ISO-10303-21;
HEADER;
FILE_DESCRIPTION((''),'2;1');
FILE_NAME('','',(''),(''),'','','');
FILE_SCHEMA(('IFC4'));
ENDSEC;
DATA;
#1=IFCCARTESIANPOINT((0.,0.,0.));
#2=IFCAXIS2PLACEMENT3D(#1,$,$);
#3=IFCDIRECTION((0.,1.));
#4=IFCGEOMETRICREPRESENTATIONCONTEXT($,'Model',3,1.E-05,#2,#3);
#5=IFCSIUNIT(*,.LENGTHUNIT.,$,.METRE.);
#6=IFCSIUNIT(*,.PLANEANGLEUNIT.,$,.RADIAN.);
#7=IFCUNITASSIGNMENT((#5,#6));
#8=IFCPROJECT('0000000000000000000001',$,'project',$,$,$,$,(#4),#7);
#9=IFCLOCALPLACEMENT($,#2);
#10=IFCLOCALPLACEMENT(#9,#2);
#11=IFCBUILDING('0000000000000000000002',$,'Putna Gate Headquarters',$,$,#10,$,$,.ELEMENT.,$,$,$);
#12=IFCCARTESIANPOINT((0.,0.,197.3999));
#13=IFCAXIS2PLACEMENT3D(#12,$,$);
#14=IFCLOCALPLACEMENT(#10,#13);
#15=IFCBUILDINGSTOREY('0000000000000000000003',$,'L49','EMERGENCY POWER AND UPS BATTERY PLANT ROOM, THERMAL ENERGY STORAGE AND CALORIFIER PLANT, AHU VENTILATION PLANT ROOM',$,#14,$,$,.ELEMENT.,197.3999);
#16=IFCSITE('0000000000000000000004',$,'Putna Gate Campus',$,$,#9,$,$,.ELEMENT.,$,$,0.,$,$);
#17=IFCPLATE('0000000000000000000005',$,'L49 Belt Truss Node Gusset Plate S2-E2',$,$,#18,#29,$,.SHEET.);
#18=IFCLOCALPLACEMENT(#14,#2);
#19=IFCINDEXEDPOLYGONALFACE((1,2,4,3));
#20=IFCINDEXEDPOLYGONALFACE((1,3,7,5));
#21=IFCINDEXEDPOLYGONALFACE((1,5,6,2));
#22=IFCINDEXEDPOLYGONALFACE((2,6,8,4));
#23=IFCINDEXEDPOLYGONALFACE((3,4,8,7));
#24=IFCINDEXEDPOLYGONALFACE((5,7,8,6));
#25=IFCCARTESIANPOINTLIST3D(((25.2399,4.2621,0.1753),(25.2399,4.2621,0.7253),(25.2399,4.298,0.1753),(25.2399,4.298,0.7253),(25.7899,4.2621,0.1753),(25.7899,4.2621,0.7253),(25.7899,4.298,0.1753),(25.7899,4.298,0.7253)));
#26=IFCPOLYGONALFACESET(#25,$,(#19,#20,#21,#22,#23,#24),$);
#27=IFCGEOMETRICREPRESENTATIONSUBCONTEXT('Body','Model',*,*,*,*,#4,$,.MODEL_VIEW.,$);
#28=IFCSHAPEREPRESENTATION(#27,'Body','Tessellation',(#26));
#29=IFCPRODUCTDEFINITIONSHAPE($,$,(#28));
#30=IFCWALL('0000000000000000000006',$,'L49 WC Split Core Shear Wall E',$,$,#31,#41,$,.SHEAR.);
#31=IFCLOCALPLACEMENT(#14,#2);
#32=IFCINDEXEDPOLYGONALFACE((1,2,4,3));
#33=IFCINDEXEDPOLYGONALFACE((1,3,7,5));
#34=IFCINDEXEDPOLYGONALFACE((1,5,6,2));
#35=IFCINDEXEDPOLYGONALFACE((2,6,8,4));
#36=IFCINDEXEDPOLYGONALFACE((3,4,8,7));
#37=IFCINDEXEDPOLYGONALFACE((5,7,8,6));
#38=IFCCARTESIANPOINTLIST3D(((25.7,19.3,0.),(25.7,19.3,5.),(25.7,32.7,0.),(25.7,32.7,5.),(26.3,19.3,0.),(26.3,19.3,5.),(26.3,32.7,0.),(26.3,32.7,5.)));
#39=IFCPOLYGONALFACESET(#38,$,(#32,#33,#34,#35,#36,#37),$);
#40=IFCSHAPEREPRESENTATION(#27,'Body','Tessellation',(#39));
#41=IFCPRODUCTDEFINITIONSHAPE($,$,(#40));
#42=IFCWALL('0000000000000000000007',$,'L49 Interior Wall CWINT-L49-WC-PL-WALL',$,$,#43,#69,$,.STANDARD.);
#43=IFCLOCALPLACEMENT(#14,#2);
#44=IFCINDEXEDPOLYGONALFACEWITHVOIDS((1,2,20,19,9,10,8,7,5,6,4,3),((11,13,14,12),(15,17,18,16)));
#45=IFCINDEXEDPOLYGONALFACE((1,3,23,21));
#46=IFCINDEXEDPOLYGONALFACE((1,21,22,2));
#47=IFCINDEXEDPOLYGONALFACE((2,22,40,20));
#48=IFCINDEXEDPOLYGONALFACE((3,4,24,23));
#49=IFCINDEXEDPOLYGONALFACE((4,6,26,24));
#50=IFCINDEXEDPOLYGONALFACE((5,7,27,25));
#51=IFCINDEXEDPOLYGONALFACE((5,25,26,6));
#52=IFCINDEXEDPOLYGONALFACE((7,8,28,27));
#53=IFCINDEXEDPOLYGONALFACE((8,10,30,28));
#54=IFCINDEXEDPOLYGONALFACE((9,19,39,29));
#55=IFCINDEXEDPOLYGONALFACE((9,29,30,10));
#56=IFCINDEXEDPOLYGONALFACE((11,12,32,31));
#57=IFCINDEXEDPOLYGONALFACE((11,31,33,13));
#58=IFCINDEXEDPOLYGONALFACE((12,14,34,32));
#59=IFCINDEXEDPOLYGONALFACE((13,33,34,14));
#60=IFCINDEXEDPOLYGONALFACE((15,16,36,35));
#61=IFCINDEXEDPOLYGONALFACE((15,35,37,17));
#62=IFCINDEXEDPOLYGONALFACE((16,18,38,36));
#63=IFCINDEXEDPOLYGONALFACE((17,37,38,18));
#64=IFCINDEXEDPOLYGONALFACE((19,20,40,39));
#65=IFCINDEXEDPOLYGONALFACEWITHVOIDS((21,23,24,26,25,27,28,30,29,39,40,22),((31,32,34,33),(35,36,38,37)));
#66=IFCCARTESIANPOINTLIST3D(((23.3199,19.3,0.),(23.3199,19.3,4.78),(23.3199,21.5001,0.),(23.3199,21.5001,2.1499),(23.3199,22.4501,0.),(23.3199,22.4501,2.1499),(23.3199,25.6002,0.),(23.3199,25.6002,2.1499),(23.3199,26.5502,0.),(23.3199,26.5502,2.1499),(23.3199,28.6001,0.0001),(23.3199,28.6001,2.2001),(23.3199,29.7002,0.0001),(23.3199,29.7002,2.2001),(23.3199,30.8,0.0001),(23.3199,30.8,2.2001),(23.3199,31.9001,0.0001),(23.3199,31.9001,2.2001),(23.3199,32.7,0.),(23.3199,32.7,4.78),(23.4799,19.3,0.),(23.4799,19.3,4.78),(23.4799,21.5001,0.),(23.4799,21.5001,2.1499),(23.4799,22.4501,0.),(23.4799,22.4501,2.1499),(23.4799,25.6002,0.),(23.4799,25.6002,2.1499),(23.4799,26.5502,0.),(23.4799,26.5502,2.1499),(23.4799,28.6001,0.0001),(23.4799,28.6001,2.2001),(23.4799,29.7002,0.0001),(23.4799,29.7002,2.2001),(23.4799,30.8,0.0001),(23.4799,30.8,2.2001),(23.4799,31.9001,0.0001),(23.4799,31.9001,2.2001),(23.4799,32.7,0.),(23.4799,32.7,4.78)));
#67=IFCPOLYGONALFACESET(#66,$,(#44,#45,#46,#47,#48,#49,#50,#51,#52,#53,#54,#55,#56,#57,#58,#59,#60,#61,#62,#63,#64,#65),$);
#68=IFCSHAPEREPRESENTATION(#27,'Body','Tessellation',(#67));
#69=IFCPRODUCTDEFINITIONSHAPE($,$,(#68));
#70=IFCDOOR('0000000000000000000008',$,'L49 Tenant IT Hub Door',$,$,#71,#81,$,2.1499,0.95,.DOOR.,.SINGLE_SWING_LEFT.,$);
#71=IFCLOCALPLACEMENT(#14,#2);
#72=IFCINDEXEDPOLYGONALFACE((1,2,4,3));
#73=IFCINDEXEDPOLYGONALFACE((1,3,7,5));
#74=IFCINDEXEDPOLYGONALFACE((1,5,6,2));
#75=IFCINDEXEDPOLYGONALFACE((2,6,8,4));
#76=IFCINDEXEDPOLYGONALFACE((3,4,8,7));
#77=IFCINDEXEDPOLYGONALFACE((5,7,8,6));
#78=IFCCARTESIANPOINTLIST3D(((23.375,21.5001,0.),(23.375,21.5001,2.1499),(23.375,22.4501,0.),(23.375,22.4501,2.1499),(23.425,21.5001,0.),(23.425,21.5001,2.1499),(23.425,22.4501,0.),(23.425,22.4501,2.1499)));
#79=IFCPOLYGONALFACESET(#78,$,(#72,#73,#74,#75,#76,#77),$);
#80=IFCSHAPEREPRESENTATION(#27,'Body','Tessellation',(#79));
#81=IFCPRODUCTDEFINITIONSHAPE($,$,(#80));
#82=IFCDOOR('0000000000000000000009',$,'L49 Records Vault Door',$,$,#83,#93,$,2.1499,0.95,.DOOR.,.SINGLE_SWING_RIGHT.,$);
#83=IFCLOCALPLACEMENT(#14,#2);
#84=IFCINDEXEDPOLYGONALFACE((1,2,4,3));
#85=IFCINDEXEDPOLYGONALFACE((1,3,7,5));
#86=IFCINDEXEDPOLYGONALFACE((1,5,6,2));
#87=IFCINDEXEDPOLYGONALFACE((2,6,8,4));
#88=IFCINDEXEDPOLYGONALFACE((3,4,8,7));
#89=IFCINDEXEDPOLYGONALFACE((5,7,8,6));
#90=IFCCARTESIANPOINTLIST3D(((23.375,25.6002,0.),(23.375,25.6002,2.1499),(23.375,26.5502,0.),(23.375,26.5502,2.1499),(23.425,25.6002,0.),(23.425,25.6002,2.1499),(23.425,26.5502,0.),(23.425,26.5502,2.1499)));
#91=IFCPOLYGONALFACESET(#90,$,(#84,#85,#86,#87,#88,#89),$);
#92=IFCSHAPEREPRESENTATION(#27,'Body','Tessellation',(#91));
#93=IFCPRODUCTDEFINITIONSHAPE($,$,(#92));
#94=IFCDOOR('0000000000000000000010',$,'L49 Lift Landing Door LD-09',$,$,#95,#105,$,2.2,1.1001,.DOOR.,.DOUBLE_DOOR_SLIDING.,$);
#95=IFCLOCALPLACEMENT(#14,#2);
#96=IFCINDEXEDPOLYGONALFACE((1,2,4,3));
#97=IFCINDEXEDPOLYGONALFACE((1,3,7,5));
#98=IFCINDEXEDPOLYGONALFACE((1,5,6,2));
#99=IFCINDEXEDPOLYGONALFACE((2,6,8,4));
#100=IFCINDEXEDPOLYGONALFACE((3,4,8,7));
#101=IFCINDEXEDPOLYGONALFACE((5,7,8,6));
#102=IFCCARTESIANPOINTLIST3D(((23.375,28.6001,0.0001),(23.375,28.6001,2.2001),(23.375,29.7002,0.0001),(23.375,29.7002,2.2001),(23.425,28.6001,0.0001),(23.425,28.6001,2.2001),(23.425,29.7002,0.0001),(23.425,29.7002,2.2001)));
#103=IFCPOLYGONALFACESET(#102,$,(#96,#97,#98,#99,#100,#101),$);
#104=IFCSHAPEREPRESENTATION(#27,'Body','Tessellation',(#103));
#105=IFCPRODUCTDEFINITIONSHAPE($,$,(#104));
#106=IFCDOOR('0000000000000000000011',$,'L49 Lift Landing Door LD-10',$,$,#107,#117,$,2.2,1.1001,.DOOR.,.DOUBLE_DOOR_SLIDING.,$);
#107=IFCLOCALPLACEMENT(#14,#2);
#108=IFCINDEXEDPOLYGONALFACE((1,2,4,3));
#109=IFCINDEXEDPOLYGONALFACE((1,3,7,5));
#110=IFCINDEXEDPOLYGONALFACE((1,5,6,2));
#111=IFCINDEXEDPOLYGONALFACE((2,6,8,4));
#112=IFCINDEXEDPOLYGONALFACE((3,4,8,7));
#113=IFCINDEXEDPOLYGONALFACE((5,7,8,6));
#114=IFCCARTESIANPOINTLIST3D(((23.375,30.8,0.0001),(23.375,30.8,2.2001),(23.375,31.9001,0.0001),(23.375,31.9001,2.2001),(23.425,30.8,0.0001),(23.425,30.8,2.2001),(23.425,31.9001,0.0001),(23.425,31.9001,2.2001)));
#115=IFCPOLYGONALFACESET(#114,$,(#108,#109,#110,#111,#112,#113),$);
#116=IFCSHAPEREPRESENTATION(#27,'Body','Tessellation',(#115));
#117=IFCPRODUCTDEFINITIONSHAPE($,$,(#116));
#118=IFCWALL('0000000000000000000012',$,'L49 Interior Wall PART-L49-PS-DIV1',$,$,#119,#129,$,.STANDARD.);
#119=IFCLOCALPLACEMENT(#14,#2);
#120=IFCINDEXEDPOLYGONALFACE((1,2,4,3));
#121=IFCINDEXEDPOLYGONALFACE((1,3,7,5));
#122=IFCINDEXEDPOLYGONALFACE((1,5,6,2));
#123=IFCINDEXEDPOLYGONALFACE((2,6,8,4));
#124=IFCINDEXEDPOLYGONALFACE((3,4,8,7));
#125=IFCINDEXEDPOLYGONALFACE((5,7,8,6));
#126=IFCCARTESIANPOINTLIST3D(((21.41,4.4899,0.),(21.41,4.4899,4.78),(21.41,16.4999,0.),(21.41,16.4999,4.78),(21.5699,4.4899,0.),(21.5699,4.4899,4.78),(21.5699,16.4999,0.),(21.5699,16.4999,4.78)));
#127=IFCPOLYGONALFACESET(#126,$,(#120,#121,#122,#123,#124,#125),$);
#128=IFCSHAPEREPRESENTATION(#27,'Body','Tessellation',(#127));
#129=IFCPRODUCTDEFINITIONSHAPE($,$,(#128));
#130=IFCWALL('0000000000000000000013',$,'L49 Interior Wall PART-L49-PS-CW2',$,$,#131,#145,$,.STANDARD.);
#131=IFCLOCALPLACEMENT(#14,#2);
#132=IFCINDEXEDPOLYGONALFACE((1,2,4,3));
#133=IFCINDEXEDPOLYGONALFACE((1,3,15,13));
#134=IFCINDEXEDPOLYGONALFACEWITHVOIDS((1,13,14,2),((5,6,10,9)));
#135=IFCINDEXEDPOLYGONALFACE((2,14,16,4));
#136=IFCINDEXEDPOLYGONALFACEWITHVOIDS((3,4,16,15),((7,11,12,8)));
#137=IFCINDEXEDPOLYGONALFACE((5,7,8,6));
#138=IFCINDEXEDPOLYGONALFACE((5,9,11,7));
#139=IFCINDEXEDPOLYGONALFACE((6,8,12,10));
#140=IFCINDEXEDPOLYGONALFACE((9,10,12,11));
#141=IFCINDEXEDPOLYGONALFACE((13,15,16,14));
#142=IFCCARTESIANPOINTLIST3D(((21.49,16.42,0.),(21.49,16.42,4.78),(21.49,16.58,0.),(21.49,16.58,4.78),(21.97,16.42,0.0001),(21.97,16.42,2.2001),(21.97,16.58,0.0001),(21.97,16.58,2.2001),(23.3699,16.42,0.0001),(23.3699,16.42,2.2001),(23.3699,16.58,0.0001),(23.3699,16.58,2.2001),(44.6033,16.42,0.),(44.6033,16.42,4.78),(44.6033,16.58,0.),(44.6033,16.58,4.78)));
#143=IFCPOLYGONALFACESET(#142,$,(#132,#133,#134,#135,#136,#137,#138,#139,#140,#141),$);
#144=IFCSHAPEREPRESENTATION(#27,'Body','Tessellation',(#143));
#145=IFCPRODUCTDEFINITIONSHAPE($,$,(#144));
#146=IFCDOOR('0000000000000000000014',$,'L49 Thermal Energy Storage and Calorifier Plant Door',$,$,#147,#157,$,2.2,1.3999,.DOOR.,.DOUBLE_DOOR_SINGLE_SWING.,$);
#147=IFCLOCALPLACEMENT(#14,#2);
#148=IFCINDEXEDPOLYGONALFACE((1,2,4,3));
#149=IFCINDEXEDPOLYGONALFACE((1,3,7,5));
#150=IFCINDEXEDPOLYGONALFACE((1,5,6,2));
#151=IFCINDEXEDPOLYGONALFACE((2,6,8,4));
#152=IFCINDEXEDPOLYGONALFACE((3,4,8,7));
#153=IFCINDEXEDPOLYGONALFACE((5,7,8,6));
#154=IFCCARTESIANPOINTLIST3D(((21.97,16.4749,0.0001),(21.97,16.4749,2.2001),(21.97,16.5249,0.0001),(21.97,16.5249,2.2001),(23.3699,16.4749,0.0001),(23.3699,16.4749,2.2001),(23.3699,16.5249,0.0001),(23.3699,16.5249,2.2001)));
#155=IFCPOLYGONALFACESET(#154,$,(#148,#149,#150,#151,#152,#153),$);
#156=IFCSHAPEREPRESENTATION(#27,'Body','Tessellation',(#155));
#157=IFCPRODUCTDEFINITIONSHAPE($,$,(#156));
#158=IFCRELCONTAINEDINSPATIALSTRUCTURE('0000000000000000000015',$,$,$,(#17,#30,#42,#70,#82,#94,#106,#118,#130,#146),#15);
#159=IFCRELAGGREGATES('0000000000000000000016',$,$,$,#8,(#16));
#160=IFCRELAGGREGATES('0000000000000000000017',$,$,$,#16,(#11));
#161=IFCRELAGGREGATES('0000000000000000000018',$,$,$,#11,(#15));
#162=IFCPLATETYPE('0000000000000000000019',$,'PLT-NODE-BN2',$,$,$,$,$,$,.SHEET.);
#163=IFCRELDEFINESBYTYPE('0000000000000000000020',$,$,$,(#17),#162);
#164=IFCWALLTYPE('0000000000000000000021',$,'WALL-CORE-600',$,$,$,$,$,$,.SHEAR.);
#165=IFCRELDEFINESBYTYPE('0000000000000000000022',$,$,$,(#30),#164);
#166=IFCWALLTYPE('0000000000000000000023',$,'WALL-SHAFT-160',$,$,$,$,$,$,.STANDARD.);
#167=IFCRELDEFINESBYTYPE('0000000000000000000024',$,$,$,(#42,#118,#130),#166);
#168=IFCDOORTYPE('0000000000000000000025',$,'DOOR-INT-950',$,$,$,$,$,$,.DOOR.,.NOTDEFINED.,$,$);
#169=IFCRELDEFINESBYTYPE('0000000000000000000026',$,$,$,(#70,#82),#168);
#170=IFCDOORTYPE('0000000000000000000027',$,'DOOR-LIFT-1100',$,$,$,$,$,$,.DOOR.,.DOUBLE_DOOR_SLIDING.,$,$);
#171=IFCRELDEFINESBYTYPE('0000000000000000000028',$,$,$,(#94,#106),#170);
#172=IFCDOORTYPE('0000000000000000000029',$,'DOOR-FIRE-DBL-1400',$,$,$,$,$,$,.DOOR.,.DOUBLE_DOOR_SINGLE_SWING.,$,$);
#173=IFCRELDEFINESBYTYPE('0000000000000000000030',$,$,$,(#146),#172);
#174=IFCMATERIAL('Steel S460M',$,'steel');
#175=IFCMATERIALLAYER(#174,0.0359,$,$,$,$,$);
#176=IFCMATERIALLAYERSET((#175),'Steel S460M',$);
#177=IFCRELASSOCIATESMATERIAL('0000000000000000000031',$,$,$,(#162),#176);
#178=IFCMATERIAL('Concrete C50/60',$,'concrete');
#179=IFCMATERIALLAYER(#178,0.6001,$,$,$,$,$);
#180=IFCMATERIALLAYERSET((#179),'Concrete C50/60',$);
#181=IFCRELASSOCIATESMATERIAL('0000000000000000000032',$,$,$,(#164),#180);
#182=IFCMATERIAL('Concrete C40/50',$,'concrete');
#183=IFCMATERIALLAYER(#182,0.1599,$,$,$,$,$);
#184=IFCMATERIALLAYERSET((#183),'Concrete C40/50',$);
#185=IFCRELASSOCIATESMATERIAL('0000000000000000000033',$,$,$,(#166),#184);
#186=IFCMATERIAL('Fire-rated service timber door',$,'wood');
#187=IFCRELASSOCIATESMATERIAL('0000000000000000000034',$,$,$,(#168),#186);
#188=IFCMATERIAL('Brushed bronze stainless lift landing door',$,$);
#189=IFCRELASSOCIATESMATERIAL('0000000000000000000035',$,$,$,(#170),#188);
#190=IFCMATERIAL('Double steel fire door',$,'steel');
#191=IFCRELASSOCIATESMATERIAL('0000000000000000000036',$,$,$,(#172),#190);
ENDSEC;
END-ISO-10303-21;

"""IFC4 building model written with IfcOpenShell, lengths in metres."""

from ifc_helpers import new_model, si_unit, direction, frame, frame_2d, origin, origin_2d, place, context, subcontext, project, spatial, rectangle, extrude, material, layer, layer_set, type_object, element, fill, save


model = new_model("IFC4")

# Units and contexts
model_context = context("Model", 3, precision=1e-05, world=origin(), true_north=direction((0.0, 1.0)))
body_context = subcontext(model_context, "Body", "Model", "MODEL_VIEW")
ifc_project = project(units=[si_unit("LENGTHUNIT", "METRE"), si_unit("PLANEANGLEUNIT", "RADIAN")], contexts=[model_context])

# Site, building, storey
site_placement = place(None, origin())
site = spatial("IfcSite", under=ifc_project, at=site_placement, Name="Putna Gate Campus", CompositionType="ELEMENT", RefElevation=0.0)
building_placement = place(site_placement, origin())
building = spatial("IfcBuilding", under=site, at=building_placement, Name="Putna Gate Headquarters", CompositionType="ELEMENT")
storey_placement = place(building_placement, frame((0.0, 0.0, 197.3999)))
storey = spatial("IfcBuildingStorey", under=building, at=storey_placement, Name="L49", Description="EMERGENCY POWER AND UPS BATTERY PLANT ROOM, THERMAL ENERGY STORAGE AND CALORIFIER PLANT, AHU VENTILATION PLANT ROOM", CompositionType="ELEMENT", Elevation=197.3999)

# Shared definitions
ifc_material_1 = material(Name="Concrete C50/60", Category="concrete")

# Shared definitions
ifc_material_2 = material(Name="Steel S460M", Category="steel")

# Plate
ifc_layer_1 = layer(ifc_material_2, 0.0359)
ifc_layer_set_1 = layer_set([ifc_layer_1], Name="Steel S460M")
plate_type_1 = type_object("IfcPlateType", Name="PLT-NODE-BN2", PredefinedType="SHEET", material=ifc_layer_set_1)
plate_1_placement = place(storey_placement, frame((25.5149, 4.28, 0.1753), z_axis=(0.0, 0.0, 1.0), x_axis=(1.0, 0.0, 0.0)))
element("IfcPlate", 1, at=plate_1_placement, inside=storey, type_object=plate_type_1, Name="L49 Belt Truss Node Gusset Plate S2-E2", PredefinedType="SHEET", context=body_context, shape_type="SweptSolid", body=[
    extrude(rectangle(XDim=0.55, YDim=0.0359, at=origin_2d()), origin(), (0.0, 0.0, 1.0), 0.55),
])

# Wall
ifc_layer_2 = layer(ifc_material_1, 0.6001)
ifc_layer_set_2 = layer_set([ifc_layer_2], Name="Concrete C50/60")
wall_type_1 = type_object("IfcWallType", Name="WALL-CORE-600", PredefinedType="SHEAR", material=ifc_layer_set_2)
wall_1_placement = place(storey_placement, frame((26.0, 19.3, 0.0), z_axis=(0.0, 0.0, 1.0), x_axis=(0.0, 1.0, 0.0)))
element("IfcWall", 2, at=wall_1_placement, inside=storey, type_object=wall_type_1, Name="L49 WC Split Core Shear Wall E", PredefinedType="SHEAR", context=body_context, shape_type="SweptSolid", body=[
    extrude(rectangle(XDim=13.3999, YDim=0.6001, at=frame_2d((6.7, 0.0))), origin(), (0.0, 0.0, 1.0), 5.0),
])

# Wall, openings, doors
ifc_material_3 = material(Name="Concrete C40/50", Category="concrete")
ifc_layer_3 = layer(ifc_material_3, 0.1599)
ifc_layer_set_3 = layer_set([ifc_layer_3], Name="Concrete C40/50")
wall_type_2 = type_object("IfcWallType", Name="WALL-SHAFT-160", PredefinedType="STANDARD", material=ifc_layer_set_3)
wall_2_placement = place(storey_placement, frame((23.3999, 19.3, 0.0), z_axis=(0.0, 0.0, 1.0), x_axis=(0.0, 1.0, 0.0)))
wall_2 = element("IfcWall", 3, at=wall_2_placement, inside=storey, type_object=wall_type_2, Name="L49 Interior Wall CWINT-L49-WC-PL-WALL", PredefinedType="STANDARD", context=body_context, shape_type="SweptSolid", body=[
    extrude(rectangle(XDim=13.3999, YDim=0.1599, at=frame_2d((6.7, 0.0))), origin(), (0.0, 0.0, 1.0), 4.78),
])
opening_1_placement = place(wall_2_placement, frame((2.2, 0.0, 0.0)))
opening_1 = element("IfcOpeningElement", 4, at=opening_1_placement, cuts=wall_2, PredefinedType="OPENING", context=body_context, shape_type="SweptSolid", body=[
    extrude(rectangle(XDim=0.95, YDim=2.1499, at=frame_2d((0.4751, 1.075))), frame((0.0, 0.0898, 0.0), z_axis=(0.0, -1.0, 0.0), x_axis=(1.0, 0.0, 0.0)), (0.0, 0.0, 1.0), 0.1799),
])
opening_2_placement = place(wall_2_placement, frame((6.3, 0.0, 0.0)))
opening_2 = element("IfcOpeningElement", 5, at=opening_2_placement, cuts=wall_2, PredefinedType="OPENING", context=body_context, shape_type="SweptSolid", body=[
    extrude(rectangle(XDim=0.95, YDim=2.1499, at=frame_2d((0.4751, 1.075))), frame((0.0, 0.0898, 0.0), z_axis=(0.0, -1.0, 0.0), x_axis=(1.0, 0.0, 0.0)), (0.0, 0.0, 1.0), 0.1799),
])
opening_3_placement = place(wall_2_placement, frame((9.3, 0.0, 0.0)))
opening_3 = element("IfcOpeningElement", 6, at=opening_3_placement, cuts=wall_2, PredefinedType="OPENING", context=body_context, shape_type="SweptSolid", body=[
    extrude(rectangle(XDim=1.1001, YDim=2.2, at=frame_2d((0.55, 1.1001))), frame((0.0, 0.0898, 0.0), z_axis=(0.0, -1.0, 0.0), x_axis=(1.0, 0.0, 0.0)), (0.0, 0.0, 1.0), 0.1799),
])
opening_4_placement = place(wall_2_placement, frame((11.5, 0.0, 0.0)))
opening_4 = element("IfcOpeningElement", 7, at=opening_4_placement, cuts=wall_2, PredefinedType="OPENING", context=body_context, shape_type="SweptSolid", body=[
    extrude(rectangle(XDim=1.1001, YDim=2.2, at=frame_2d((0.55, 1.1001))), frame((0.0, 0.0898, 0.0), z_axis=(0.0, -1.0, 0.0), x_axis=(1.0, 0.0, 0.0)), (0.0, 0.0, 1.0), 0.1799),
])
ifc_material_4 = material(Name="Fire-rated service timber door", Category="wood")
door_type_1 = type_object("IfcDoorType", Name="DOOR-INT-950", OperationType="NOTDEFINED", PredefinedType="DOOR", material=ifc_material_4)
door_1_placement = place(opening_1_placement, origin())
door_1 = element("IfcDoor", 8, at=door_1_placement, inside=storey, type_object=door_type_1, Name="L49 Tenant IT Hub Door", OperationType="SINGLE_SWING_LEFT", OverallHeight=2.1499, OverallWidth=0.95, PredefinedType="DOOR", context=body_context, shape_type="SweptSolid", body=[
    extrude(rectangle(XDim=0.95, YDim=2.1499, at=frame_2d((0.4751, 1.075))), frame((0.0, 0.0249, 0.0), z_axis=(0.0, -1.0, 0.0), x_axis=(1.0, 0.0, 0.0)), (0.0, 0.0, 1.0), 0.05),
])
fill(opening_1, door_1)
door_2_placement = place(opening_2_placement, origin())
door_2 = element("IfcDoor", 9, at=door_2_placement, inside=storey, type_object=door_type_1, Name="L49 Records Vault Door", OperationType="SINGLE_SWING_RIGHT", OverallHeight=2.1499, OverallWidth=0.95, PredefinedType="DOOR", context=body_context, shape_type="SweptSolid", body=[
    extrude(rectangle(XDim=0.95, YDim=2.1499, at=frame_2d((0.4751, 1.075))), frame((0.0, 0.0249, 0.0), z_axis=(0.0, -1.0, 0.0), x_axis=(1.0, 0.0, 0.0)), (0.0, 0.0, 1.0), 0.05),
])
fill(opening_2, door_2)
ifc_material_5 = material(Name="Brushed bronze stainless lift landing door")
door_type_2 = type_object("IfcDoorType", Name="DOOR-LIFT-1100", OperationType="DOUBLE_DOOR_SLIDING", PredefinedType="DOOR", material=ifc_material_5)
door_3_placement = place(opening_3_placement, origin())
door_3 = element("IfcDoor", 10, at=door_3_placement, inside=storey, type_object=door_type_2, Name="L49 Lift Landing Door LD-09", OperationType="DOUBLE_DOOR_SLIDING", OverallHeight=2.2, OverallWidth=1.1001, PredefinedType="DOOR", context=body_context, shape_type="SweptSolid", body=[
    extrude(rectangle(XDim=1.1001, YDim=2.2, at=frame_2d((0.55, 1.1001))), frame((0.0, 0.0249, 0.0), z_axis=(0.0, -1.0, 0.0), x_axis=(1.0, 0.0, 0.0)), (0.0, 0.0, 1.0), 0.05),
])
fill(opening_3, door_3)
door_4_placement = place(opening_4_placement, origin())
door_4 = element("IfcDoor", 11, at=door_4_placement, inside=storey, type_object=door_type_2, Name="L49 Lift Landing Door LD-10", OperationType="DOUBLE_DOOR_SLIDING", OverallHeight=2.2, OverallWidth=1.1001, PredefinedType="DOOR", context=body_context, shape_type="SweptSolid", body=[
    extrude(rectangle(XDim=1.1001, YDim=2.2, at=frame_2d((0.55, 1.1001))), frame((0.0, 0.0249, 0.0), z_axis=(0.0, -1.0, 0.0), x_axis=(1.0, 0.0, 0.0)), (0.0, 0.0, 1.0), 0.05),
])
fill(opening_4, door_4)

# Wall
wall_3_placement = place(storey_placement, frame((21.49, 4.49, 0.0), z_axis=(0.0, 0.0, 1.0), x_axis=(0.0, 1.0, 0.0)))
element("IfcWall", 12, at=wall_3_placement, inside=storey, type_object=wall_type_2, Name="L49 Interior Wall PART-L49-PS-DIV1", PredefinedType="STANDARD", context=body_context, shape_type="SweptSolid", body=[
    extrude(rectangle(XDim=12.01, YDim=0.1599, at=frame_2d((6.0049, 0.0))), origin(), (0.0, 0.0, 1.0), 4.78),
])

# Wall, opening, door
wall_4_placement = place(storey_placement, frame((21.49, 16.5, 0.0), z_axis=(0.0, 0.0, 1.0), x_axis=(1.0, 0.0, 0.0)))
wall_4 = element("IfcWall", 13, at=wall_4_placement, inside=storey, type_object=wall_type_2, Name="L49 Interior Wall PART-L49-PS-CW2", PredefinedType="STANDARD", context=body_context, shape_type="SweptSolid", body=[
    extrude(rectangle(XDim=23.1133, YDim=0.1599, at=frame_2d((11.5566, 0.0))), origin(), (0.0, 0.0, 1.0), 4.78),
])
opening_5_placement = place(wall_4_placement, frame((0.48, 0.0, 0.0)))
opening_5 = element("IfcOpeningElement", 14, at=opening_5_placement, cuts=wall_4, PredefinedType="OPENING", context=body_context, shape_type="SweptSolid", body=[
    extrude(rectangle(XDim=1.3999, YDim=2.2, at=frame_2d((0.7, 1.1001))), frame((0.0, 0.0898, 0.0), z_axis=(0.0, -1.0, 0.0), x_axis=(1.0, 0.0, 0.0)), (0.0, 0.0, 1.0), 0.1799),
])
ifc_material_6 = material(Name="Double steel fire door", Category="steel")
door_type_3 = type_object("IfcDoorType", Name="DOOR-FIRE-DBL-1400", OperationType="DOUBLE_DOOR_SINGLE_SWING", PredefinedType="DOOR", material=ifc_material_6)
door_5_placement = place(opening_5_placement, origin())
door_5 = element("IfcDoor", 15, at=door_5_placement, inside=storey, type_object=door_type_3, Name="L49 Thermal Energy Storage and Calorifier Plant Door", OperationType="DOUBLE_DOOR_SINGLE_SWING", OverallHeight=2.2, OverallWidth=1.3999, PredefinedType="DOOR", context=body_context, shape_type="SweptSolid", body=[
    extrude(rectangle(XDim=1.3999, YDim=2.2, at=frame_2d((0.7, 1.1001))), frame((0.0, 0.0249, 0.0), z_axis=(0.0, -1.0, 0.0), x_axis=(1.0, 0.0, 0.0)), (0.0, 0.0, 1.0), 0.05),
])
fill(opening_5, door_5)

save(model, "model.ifc")
